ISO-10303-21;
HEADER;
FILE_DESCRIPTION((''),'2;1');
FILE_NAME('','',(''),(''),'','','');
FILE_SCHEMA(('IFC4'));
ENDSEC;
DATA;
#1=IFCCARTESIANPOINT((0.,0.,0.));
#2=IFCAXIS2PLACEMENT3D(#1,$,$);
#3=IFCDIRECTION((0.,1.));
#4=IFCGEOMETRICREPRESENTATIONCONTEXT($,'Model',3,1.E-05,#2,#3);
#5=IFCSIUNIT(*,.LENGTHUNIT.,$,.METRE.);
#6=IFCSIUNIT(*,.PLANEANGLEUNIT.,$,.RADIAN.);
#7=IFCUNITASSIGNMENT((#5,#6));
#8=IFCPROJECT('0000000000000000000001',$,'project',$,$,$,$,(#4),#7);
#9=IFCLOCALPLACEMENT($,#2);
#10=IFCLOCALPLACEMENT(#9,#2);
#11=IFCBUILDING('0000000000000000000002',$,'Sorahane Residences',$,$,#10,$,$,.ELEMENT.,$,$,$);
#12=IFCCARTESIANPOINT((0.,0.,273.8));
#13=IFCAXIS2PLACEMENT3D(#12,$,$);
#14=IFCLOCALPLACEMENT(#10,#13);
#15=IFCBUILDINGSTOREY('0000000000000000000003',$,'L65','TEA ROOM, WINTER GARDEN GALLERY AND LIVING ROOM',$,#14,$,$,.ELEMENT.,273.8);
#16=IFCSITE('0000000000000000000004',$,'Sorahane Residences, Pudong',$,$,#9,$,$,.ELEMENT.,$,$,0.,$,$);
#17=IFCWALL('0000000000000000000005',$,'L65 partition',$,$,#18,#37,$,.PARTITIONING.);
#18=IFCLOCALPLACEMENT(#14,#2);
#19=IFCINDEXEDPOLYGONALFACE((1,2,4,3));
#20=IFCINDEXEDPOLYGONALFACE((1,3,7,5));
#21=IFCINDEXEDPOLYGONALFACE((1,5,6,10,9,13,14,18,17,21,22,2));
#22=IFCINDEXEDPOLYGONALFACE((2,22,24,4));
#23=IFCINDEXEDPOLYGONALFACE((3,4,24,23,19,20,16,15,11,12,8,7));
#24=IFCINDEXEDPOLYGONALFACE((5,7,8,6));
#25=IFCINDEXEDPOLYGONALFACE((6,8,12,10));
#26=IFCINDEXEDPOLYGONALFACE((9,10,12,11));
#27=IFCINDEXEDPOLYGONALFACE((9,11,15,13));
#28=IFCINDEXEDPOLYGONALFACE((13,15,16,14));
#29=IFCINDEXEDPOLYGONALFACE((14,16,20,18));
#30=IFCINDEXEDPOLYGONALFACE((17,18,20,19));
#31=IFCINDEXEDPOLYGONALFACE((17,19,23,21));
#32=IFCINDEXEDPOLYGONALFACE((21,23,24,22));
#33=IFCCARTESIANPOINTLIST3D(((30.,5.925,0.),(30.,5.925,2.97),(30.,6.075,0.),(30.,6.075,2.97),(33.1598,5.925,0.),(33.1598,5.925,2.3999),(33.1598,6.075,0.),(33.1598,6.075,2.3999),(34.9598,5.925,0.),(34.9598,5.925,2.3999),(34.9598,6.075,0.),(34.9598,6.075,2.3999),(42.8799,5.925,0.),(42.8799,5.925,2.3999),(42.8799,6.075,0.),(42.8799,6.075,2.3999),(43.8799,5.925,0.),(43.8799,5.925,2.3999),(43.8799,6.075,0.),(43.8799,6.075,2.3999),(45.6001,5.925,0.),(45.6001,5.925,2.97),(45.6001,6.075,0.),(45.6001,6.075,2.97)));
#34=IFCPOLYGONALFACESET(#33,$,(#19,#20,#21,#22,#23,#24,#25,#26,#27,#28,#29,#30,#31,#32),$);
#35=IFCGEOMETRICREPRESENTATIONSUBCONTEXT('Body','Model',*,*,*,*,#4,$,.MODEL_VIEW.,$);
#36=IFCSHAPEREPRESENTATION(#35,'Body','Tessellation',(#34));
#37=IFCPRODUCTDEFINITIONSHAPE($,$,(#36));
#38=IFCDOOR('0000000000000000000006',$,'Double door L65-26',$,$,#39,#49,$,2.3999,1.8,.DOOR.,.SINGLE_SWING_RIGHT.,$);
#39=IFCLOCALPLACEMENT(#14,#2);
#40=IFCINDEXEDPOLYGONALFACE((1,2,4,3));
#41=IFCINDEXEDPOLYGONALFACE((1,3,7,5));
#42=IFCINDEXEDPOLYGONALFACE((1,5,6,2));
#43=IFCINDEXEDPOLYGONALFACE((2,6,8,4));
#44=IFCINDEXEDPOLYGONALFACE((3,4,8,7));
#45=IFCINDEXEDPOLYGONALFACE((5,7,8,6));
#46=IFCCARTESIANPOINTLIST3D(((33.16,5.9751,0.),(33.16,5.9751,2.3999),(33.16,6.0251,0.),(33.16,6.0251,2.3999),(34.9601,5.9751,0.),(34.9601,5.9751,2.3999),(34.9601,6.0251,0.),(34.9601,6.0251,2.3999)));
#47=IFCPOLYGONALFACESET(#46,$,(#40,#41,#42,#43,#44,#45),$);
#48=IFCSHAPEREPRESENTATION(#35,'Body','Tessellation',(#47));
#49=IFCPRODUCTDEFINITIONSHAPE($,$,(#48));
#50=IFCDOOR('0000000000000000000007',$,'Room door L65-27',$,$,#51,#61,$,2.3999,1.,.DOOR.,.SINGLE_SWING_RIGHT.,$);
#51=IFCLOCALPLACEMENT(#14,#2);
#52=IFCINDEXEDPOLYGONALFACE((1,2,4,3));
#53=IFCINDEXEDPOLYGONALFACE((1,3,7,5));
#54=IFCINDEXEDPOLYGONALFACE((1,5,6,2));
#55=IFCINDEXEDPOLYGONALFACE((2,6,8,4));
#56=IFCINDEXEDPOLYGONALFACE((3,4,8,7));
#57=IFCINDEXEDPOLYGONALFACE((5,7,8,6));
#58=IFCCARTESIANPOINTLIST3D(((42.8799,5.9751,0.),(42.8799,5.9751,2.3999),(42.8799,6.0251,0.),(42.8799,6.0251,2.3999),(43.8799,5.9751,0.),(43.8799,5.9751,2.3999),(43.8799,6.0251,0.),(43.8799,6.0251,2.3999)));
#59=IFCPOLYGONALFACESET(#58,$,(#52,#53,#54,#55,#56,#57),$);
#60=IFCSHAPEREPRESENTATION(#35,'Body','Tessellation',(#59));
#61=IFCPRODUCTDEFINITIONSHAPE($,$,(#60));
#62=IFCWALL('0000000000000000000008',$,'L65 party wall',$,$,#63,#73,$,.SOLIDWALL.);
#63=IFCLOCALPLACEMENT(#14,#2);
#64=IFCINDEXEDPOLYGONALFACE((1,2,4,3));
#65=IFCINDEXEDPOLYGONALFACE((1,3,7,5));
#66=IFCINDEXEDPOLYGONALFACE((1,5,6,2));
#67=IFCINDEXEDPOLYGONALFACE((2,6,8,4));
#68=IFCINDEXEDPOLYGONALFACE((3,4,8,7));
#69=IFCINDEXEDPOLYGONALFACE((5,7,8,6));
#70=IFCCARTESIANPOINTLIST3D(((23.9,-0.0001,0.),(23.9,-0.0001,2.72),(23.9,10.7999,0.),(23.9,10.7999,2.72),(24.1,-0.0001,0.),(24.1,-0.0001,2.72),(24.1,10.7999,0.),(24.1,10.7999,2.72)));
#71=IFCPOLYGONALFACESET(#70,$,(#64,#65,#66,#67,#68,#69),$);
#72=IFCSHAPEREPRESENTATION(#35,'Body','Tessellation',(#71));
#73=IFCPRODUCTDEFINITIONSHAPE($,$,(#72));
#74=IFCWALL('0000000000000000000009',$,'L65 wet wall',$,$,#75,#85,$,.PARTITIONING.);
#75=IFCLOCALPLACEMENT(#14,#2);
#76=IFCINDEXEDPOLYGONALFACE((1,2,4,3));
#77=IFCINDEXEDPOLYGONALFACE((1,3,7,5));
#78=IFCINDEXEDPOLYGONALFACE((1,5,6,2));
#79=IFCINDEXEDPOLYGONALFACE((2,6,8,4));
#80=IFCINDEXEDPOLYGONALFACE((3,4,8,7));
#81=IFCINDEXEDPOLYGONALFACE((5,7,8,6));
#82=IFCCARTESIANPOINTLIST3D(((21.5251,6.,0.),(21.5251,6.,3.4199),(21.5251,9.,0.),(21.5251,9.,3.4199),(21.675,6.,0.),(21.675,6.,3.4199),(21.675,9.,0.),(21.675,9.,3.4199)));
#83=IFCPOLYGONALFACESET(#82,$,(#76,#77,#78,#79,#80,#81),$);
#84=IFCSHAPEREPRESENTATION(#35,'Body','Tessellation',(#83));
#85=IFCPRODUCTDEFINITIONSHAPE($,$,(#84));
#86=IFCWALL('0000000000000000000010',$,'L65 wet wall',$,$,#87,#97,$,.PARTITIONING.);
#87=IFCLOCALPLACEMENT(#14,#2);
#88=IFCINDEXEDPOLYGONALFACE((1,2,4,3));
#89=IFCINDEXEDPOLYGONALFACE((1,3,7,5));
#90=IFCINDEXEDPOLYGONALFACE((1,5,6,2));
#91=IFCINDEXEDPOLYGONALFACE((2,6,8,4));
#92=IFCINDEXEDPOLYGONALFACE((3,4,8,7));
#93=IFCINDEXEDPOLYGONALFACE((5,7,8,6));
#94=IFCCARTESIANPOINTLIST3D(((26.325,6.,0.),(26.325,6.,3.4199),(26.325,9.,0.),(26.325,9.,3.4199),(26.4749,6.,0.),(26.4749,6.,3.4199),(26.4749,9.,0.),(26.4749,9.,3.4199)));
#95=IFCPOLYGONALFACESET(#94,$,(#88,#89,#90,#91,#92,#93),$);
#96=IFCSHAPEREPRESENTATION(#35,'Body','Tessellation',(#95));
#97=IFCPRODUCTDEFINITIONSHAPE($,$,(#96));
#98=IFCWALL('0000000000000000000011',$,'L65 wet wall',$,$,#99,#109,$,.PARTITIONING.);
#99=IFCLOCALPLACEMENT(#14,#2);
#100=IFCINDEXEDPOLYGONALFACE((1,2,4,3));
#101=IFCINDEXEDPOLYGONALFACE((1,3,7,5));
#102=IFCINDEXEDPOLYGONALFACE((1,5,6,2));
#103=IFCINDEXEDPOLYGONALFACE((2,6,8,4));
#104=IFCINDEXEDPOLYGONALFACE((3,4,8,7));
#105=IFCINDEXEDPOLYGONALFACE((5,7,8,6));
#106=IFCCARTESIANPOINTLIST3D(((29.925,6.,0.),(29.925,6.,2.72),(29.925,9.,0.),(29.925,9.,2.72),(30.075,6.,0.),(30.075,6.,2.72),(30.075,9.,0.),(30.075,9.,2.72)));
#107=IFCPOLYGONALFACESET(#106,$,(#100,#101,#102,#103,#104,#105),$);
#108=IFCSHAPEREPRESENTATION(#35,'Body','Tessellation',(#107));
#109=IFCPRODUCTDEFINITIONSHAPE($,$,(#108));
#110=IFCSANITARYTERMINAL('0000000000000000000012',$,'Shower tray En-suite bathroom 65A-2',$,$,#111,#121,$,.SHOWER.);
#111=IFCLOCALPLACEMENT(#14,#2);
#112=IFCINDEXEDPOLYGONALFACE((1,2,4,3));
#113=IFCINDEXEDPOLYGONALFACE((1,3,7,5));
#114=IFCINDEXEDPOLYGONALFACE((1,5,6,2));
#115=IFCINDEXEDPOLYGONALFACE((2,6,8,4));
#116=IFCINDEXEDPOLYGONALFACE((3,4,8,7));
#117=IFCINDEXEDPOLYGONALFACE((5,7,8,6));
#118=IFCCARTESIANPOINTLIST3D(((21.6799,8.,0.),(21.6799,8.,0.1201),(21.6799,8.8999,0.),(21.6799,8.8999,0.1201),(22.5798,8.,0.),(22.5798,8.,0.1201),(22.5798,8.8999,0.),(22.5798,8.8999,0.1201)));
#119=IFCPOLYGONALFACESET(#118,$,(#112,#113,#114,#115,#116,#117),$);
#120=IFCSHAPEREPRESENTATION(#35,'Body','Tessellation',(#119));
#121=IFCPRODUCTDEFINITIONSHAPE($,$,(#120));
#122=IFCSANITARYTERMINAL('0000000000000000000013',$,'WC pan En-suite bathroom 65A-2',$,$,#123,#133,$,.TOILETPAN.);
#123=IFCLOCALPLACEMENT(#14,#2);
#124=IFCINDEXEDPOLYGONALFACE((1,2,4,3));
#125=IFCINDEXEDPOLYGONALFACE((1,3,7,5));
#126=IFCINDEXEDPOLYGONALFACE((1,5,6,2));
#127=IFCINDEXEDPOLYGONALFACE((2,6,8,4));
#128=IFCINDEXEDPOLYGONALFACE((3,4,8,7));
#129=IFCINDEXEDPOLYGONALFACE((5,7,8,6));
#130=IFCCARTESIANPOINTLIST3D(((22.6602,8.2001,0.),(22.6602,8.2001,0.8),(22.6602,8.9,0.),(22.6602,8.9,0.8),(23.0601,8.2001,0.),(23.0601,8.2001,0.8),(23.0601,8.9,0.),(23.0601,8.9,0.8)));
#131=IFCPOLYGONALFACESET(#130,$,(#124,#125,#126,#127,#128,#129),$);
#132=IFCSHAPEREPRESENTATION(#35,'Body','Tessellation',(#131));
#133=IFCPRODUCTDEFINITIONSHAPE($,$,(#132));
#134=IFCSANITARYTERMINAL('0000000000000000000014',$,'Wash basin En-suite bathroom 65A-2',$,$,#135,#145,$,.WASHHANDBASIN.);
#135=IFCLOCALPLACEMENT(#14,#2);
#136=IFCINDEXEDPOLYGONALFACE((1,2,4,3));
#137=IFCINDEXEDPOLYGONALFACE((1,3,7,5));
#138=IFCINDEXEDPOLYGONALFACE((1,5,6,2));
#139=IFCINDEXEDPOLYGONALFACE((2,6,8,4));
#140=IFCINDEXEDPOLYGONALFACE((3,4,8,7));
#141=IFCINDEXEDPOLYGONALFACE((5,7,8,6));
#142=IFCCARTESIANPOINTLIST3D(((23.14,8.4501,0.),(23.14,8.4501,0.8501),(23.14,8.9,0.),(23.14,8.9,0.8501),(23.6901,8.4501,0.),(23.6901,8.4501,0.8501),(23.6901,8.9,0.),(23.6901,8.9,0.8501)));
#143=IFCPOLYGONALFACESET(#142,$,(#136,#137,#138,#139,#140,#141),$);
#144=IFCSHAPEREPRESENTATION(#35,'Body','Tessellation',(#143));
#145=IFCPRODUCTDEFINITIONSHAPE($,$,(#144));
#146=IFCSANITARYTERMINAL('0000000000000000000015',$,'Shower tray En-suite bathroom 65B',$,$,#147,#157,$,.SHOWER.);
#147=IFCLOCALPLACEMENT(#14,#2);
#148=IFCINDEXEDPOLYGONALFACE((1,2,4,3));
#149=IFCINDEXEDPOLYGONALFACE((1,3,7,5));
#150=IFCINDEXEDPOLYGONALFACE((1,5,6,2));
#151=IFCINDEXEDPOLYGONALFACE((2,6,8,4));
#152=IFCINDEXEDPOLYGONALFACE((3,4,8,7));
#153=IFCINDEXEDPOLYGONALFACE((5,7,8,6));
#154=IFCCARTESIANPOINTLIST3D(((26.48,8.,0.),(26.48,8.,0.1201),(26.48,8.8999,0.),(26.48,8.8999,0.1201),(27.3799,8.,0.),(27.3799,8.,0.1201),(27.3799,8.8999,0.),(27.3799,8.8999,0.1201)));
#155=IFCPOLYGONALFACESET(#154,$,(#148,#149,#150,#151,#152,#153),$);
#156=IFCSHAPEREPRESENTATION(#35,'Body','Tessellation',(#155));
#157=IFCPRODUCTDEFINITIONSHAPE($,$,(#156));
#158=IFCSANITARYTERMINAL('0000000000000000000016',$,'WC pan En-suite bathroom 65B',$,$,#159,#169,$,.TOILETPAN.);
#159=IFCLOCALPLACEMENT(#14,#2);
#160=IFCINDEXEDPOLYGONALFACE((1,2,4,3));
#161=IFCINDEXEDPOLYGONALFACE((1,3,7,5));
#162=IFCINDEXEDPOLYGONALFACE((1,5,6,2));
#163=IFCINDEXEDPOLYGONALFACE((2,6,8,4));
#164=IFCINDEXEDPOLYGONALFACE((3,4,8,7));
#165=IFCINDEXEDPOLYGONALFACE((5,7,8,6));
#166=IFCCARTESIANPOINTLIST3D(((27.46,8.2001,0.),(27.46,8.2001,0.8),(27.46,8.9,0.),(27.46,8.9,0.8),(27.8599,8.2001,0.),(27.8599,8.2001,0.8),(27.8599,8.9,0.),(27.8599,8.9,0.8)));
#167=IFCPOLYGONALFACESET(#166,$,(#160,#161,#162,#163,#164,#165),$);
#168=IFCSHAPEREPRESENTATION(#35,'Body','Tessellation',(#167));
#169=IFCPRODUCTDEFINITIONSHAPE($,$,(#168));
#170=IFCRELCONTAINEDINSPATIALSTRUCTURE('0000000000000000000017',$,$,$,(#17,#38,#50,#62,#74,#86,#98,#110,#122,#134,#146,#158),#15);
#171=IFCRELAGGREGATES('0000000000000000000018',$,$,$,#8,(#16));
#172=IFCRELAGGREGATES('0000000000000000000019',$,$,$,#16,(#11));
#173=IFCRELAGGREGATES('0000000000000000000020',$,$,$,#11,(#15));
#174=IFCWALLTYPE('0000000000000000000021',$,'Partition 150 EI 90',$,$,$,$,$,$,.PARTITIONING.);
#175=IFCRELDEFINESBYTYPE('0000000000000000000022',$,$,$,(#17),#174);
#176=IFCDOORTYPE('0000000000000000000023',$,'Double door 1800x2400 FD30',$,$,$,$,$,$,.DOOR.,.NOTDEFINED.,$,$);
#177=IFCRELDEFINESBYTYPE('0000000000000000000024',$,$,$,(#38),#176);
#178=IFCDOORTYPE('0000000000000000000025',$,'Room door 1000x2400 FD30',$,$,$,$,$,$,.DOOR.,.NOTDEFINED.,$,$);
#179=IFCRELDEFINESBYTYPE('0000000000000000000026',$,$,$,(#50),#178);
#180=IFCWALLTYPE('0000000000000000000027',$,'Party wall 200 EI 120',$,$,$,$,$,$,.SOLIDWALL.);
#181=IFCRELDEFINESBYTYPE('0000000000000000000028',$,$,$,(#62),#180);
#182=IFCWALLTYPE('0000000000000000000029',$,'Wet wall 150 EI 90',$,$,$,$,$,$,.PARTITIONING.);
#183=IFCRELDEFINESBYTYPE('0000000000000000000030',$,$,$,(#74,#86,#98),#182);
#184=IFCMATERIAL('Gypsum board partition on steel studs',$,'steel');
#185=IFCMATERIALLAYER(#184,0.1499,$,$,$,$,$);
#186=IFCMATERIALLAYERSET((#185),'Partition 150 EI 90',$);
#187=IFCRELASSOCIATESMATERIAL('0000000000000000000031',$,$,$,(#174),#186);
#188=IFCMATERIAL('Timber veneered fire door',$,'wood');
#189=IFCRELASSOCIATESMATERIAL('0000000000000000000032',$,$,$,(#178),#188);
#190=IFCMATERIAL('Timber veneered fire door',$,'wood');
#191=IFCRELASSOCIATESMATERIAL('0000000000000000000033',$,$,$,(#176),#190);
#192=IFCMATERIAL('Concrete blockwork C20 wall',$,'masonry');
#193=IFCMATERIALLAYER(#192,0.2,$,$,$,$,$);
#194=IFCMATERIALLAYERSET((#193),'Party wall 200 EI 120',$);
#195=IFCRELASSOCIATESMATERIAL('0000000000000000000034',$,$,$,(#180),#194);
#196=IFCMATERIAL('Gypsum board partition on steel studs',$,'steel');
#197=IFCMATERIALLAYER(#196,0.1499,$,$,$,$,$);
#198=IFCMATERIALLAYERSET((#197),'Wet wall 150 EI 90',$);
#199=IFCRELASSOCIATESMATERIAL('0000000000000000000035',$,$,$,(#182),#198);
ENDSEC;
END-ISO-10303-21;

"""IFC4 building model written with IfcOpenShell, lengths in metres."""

from ifc_helpers import new_model, si_unit, direction, frame, frame_2d, origin, origin_2d, place, context, subcontext, project, spatial, rectangle, extrude, material, layer, layer_set, type_object, element, fill, save


model = new_model("IFC4")

# Units and contexts
model_context = context("Model", 3, precision=1e-05, world=origin(), true_north=direction((0.0, 1.0)))
body_context = subcontext(model_context, "Body", "Model", "MODEL_VIEW")
ifc_project = project(units=[si_unit("LENGTHUNIT", "METRE"), si_unit("PLANEANGLEUNIT", "RADIAN")], contexts=[model_context])

# Site, building, storey
site_placement = place(None, origin())
site = spatial("IfcSite", under=ifc_project, at=site_placement, Name="Sorahane Residences, Pudong", CompositionType="ELEMENT", RefElevation=0.0)
building_placement = place(site_placement, origin())
building = spatial("IfcBuilding", under=site, at=building_placement, Name="Sorahane Residences", CompositionType="ELEMENT")
storey_placement = place(building_placement, frame((0.0, 0.0, 273.8)))
storey = spatial("IfcBuildingStorey", under=building, at=storey_placement, Name="L65", Description="TEA ROOM, WINTER GARDEN GALLERY AND LIVING ROOM", CompositionType="ELEMENT", Elevation=273.8)

# Shared definitions
ifc_material_1 = material(Name="Gypsum board partition on steel studs", Category="steel")
ifc_layer_1 = layer(ifc_material_1, 0.1499)
ifc_layer_set_1 = layer_set([ifc_layer_1], Name="Partition 150 EI 90")
wall_type_1 = type_object("IfcWallType", Name="Partition 150 EI 90", PredefinedType="PARTITIONING", material=ifc_layer_set_1)

# Shared definitions
ifc_material_2 = material(Name="Timber veneered fire door", Category="wood")
door_type_1 = type_object("IfcDoorType", Name="Room door 1000x2400 FD30", OperationType="NOTDEFINED", PredefinedType="DOOR", material=ifc_material_2)

# Wall, openings, doors
wall_1_placement = place(storey_placement, frame((30.0, 6.0, 0.0), z_axis=(0.0, 0.0, 1.0), x_axis=(1.0, 0.0, 0.0)))
wall_1 = element("IfcWall", 1, at=wall_1_placement, inside=storey, type_object=wall_type_1, Name="L65 partition", PredefinedType="PARTITIONING", context=body_context, shape_type="SweptSolid", body=[
    extrude(rectangle(XDim=15.6001, YDim=0.1499, at=frame_2d((7.8, 0.0))), origin(), (0.0, 0.0, 1.0), 2.97),
])
opening_1_placement = place(wall_1_placement, frame((3.1599, 0.0, 0.0)))
opening_1 = element("IfcOpeningElement", 2, at=opening_1_placement, cuts=wall_1, PredefinedType="OPENING", context=body_context, shape_type="SweptSolid", body=[
    extrude(rectangle(XDim=1.8, YDim=2.3999, at=frame_2d((0.8999, 1.2))), frame((0.0, 0.085, 0.0), z_axis=(0.0, -1.0, 0.0), x_axis=(1.0, 0.0, 0.0)), (0.0, 0.0, 1.0), 0.1699),
])
opening_2_placement = place(wall_1_placement, frame((12.8799, 0.0, 0.0)))
opening_2 = element("IfcOpeningElement", 3, at=opening_2_placement, cuts=wall_1, PredefinedType="OPENING", context=body_context, shape_type="SweptSolid", body=[
    extrude(rectangle(XDim=1.0, YDim=2.3999, at=frame_2d((0.5, 1.2))), frame((0.0, 0.085, 0.0), z_axis=(0.0, -1.0, 0.0), x_axis=(1.0, 0.0, 0.0)), (0.0, 0.0, 1.0), 0.1699),
])
ifc_material_3 = material(Name="Timber veneered fire door", Category="wood")
door_type_2 = type_object("IfcDoorType", Name="Double door 1800x2400 FD30", OperationType="NOTDEFINED", PredefinedType="DOOR", material=ifc_material_3)
door_1_placement = place(opening_1_placement, frame((1.8, 0.0, 0.0), z_axis=(0.0, 0.0, 1.0), x_axis=(-1.0, 0.0, 0.0)))
door_1 = element("IfcDoor", 4, at=door_1_placement, inside=storey, type_object=door_type_2, Name="Double door L65-26", OperationType="SINGLE_SWING_RIGHT", OverallHeight=2.3999, OverallWidth=1.8, PredefinedType="DOOR", context=body_context, shape_type="SweptSolid", body=[
    extrude(rectangle(XDim=1.8, YDim=2.3999, at=frame_2d((0.8999, 1.2))), frame((0.0, 0.0249, 0.0), z_axis=(0.0, -1.0, 0.0), x_axis=(1.0, 0.0, 0.0)), (0.0, 0.0, 1.0), 0.05),
])
fill(opening_1, door_1)
door_2_placement = place(opening_2_placement, frame((1.0, 0.0, 0.0), z_axis=(0.0, 0.0, 1.0), x_axis=(-1.0, 0.0, 0.0)))
door_2 = element("IfcDoor", 5, at=door_2_placement, inside=storey, type_object=door_type_1, Name="Room door L65-27", OperationType="SINGLE_SWING_RIGHT", OverallHeight=2.3999, OverallWidth=1.0, PredefinedType="DOOR", context=body_context, shape_type="SweptSolid", body=[
    extrude(rectangle(XDim=1.0, YDim=2.3999, at=frame_2d((0.5, 1.2))), frame((0.0, 0.0249, 0.0), z_axis=(0.0, -1.0, 0.0), x_axis=(1.0, 0.0, 0.0)), (0.0, 0.0, 1.0), 0.05),
])
fill(opening_2, door_2)

# Walls
ifc_material_4 = material(Name="Concrete blockwork C20 wall", Category="masonry")
ifc_layer_2 = layer(ifc_material_4, 0.2)
ifc_layer_set_2 = layer_set([ifc_layer_2], Name="Party wall 200 EI 120")
wall_type_2 = type_object("IfcWallType", Name="Party wall 200 EI 120", PredefinedType="SOLIDWALL", material=ifc_layer_set_2)
wall_2_placement = place(storey_placement, frame((24.0, 0.0, 0.0), z_axis=(0.0, 0.0, 1.0), x_axis=(0.0, 1.0, 0.0)))
element("IfcWall", 6, at=wall_2_placement, inside=storey, type_object=wall_type_2, Name="L65 party wall", PredefinedType="SOLIDWALL", context=body_context, shape_type="SweptSolid", body=[
    extrude(rectangle(XDim=10.8, YDim=0.2, at=frame_2d((5.3999, 0.0))), origin(), (0.0, 0.0, 1.0), 2.72),
])
ifc_material_5 = material(Name="Gypsum board partition on steel studs", Category="steel")
ifc_layer_3 = layer(ifc_material_5, 0.1499)
ifc_layer_set_3 = layer_set([ifc_layer_3], Name="Wet wall 150 EI 90")
wall_type_3 = type_object("IfcWallType", Name="Wet wall 150 EI 90", PredefinedType="PARTITIONING", material=ifc_layer_set_3)
for number, where, z_axis, x_axis, name in (
    (7, (21.6001, 6.0, 0.0), (0.0, 0.0, 1.0), (0.0, 1.0, 0.0), "L65 wet wall"),
    (8, (26.3999, 6.0, 0.0), (0.0, 0.0, 1.0), (0.0, 1.0, 0.0), "L65 wet wall"),
):
    element("IfcWall", number, at=place(storey_placement, frame(where, z_axis=z_axis, x_axis=x_axis)), inside=storey, type_object=wall_type_3, Name=name, PredefinedType="PARTITIONING", context=body_context, shape_type="SweptSolid", body=[
        extrude(rectangle(XDim=3.0, YDim=0.1499, at=frame_2d((1.5, 0.0))), origin(), (0.0, 0.0, 1.0), 3.4199),
    ])
wall_3_placement = place(storey_placement, frame((30.0, 6.0, 0.0), z_axis=(0.0, 0.0, 1.0), x_axis=(0.0, 1.0, 0.0)))
element("IfcWall", 9, at=wall_3_placement, inside=storey, type_object=wall_type_3, Name="L65 wet wall", PredefinedType="PARTITIONING", context=body_context, shape_type="SweptSolid", body=[
    extrude(rectangle(XDim=3.0, YDim=0.1499, at=frame_2d((1.5, 0.0))), origin(), (0.0, 0.0, 1.0), 2.72),
])

# Sanitary terminals
sanitary_terminal_1_placement = place(storey_placement, frame((22.1299, 8.45, 0.0), z_axis=(0.0, 0.0, 1.0), x_axis=(1.0, 0.0, 0.0)))
element("IfcSanitaryTerminal", 10, at=sanitary_terminal_1_placement, inside=storey, Name="Shower tray En-suite bathroom 65A-2", PredefinedType="SHOWER", context=body_context, shape_type="SweptSolid", body=[
    extrude(rectangle(XDim=0.8999, YDim=0.8999, at=origin_2d()), origin(), (0.0, 0.0, 1.0), 0.1201),
])
sanitary_terminal_2_placement = place(storey_placement, frame((22.8601, 8.55, 0.0), z_axis=(0.0, 0.0, 1.0), x_axis=(1.0, 0.0, 0.0)))
element("IfcSanitaryTerminal", 11, at=sanitary_terminal_2_placement, inside=storey, Name="WC pan En-suite bathroom 65A-2", PredefinedType="TOILETPAN", context=body_context, shape_type="SweptSolid", body=[
    extrude(rectangle(XDim=0.3999, YDim=0.7, at=origin_2d()), origin(), (0.0, 0.0, 1.0), 0.8),
])
sanitary_terminal_3_placement = place(storey_placement, frame((23.415, 8.675, 0.0), z_axis=(0.0, 0.0, 1.0), x_axis=(1.0, 0.0, 0.0)))
element("IfcSanitaryTerminal", 12, at=sanitary_terminal_3_placement, inside=storey, Name="Wash basin En-suite bathroom 65A-2", PredefinedType="WASHHANDBASIN", context=body_context, shape_type="SweptSolid", body=[
    extrude(rectangle(XDim=0.55, YDim=0.45, at=origin_2d()), origin(), (0.0, 0.0, 1.0), 0.8501),
])
sanitary_terminal_4_placement = place(storey_placement, frame((26.9299, 8.45, 0.0), z_axis=(0.0, 0.0, 1.0), x_axis=(1.0, 0.0, 0.0)))
element("IfcSanitaryTerminal", 13, at=sanitary_terminal_4_placement, inside=storey, Name="Shower tray En-suite bathroom 65B", PredefinedType="SHOWER", context=body_context, shape_type="SweptSolid", body=[
    extrude(rectangle(XDim=0.8999, YDim=0.8999, at=origin_2d()), origin(), (0.0, 0.0, 1.0), 0.1201),
])
sanitary_terminal_5_placement = place(storey_placement, frame((27.6599, 8.55, 0.0), z_axis=(0.0, 0.0, 1.0), x_axis=(1.0, 0.0, 0.0)))
element("IfcSanitaryTerminal", 14, at=sanitary_terminal_5_placement, inside=storey, Name="WC pan En-suite bathroom 65B", PredefinedType="TOILETPAN", context=body_context, shape_type="SweptSolid", body=[
    extrude(rectangle(XDim=0.3999, YDim=0.7, at=origin_2d()), origin(), (0.0, 0.0, 1.0), 0.8),
])

save(model, "model.ifc")
